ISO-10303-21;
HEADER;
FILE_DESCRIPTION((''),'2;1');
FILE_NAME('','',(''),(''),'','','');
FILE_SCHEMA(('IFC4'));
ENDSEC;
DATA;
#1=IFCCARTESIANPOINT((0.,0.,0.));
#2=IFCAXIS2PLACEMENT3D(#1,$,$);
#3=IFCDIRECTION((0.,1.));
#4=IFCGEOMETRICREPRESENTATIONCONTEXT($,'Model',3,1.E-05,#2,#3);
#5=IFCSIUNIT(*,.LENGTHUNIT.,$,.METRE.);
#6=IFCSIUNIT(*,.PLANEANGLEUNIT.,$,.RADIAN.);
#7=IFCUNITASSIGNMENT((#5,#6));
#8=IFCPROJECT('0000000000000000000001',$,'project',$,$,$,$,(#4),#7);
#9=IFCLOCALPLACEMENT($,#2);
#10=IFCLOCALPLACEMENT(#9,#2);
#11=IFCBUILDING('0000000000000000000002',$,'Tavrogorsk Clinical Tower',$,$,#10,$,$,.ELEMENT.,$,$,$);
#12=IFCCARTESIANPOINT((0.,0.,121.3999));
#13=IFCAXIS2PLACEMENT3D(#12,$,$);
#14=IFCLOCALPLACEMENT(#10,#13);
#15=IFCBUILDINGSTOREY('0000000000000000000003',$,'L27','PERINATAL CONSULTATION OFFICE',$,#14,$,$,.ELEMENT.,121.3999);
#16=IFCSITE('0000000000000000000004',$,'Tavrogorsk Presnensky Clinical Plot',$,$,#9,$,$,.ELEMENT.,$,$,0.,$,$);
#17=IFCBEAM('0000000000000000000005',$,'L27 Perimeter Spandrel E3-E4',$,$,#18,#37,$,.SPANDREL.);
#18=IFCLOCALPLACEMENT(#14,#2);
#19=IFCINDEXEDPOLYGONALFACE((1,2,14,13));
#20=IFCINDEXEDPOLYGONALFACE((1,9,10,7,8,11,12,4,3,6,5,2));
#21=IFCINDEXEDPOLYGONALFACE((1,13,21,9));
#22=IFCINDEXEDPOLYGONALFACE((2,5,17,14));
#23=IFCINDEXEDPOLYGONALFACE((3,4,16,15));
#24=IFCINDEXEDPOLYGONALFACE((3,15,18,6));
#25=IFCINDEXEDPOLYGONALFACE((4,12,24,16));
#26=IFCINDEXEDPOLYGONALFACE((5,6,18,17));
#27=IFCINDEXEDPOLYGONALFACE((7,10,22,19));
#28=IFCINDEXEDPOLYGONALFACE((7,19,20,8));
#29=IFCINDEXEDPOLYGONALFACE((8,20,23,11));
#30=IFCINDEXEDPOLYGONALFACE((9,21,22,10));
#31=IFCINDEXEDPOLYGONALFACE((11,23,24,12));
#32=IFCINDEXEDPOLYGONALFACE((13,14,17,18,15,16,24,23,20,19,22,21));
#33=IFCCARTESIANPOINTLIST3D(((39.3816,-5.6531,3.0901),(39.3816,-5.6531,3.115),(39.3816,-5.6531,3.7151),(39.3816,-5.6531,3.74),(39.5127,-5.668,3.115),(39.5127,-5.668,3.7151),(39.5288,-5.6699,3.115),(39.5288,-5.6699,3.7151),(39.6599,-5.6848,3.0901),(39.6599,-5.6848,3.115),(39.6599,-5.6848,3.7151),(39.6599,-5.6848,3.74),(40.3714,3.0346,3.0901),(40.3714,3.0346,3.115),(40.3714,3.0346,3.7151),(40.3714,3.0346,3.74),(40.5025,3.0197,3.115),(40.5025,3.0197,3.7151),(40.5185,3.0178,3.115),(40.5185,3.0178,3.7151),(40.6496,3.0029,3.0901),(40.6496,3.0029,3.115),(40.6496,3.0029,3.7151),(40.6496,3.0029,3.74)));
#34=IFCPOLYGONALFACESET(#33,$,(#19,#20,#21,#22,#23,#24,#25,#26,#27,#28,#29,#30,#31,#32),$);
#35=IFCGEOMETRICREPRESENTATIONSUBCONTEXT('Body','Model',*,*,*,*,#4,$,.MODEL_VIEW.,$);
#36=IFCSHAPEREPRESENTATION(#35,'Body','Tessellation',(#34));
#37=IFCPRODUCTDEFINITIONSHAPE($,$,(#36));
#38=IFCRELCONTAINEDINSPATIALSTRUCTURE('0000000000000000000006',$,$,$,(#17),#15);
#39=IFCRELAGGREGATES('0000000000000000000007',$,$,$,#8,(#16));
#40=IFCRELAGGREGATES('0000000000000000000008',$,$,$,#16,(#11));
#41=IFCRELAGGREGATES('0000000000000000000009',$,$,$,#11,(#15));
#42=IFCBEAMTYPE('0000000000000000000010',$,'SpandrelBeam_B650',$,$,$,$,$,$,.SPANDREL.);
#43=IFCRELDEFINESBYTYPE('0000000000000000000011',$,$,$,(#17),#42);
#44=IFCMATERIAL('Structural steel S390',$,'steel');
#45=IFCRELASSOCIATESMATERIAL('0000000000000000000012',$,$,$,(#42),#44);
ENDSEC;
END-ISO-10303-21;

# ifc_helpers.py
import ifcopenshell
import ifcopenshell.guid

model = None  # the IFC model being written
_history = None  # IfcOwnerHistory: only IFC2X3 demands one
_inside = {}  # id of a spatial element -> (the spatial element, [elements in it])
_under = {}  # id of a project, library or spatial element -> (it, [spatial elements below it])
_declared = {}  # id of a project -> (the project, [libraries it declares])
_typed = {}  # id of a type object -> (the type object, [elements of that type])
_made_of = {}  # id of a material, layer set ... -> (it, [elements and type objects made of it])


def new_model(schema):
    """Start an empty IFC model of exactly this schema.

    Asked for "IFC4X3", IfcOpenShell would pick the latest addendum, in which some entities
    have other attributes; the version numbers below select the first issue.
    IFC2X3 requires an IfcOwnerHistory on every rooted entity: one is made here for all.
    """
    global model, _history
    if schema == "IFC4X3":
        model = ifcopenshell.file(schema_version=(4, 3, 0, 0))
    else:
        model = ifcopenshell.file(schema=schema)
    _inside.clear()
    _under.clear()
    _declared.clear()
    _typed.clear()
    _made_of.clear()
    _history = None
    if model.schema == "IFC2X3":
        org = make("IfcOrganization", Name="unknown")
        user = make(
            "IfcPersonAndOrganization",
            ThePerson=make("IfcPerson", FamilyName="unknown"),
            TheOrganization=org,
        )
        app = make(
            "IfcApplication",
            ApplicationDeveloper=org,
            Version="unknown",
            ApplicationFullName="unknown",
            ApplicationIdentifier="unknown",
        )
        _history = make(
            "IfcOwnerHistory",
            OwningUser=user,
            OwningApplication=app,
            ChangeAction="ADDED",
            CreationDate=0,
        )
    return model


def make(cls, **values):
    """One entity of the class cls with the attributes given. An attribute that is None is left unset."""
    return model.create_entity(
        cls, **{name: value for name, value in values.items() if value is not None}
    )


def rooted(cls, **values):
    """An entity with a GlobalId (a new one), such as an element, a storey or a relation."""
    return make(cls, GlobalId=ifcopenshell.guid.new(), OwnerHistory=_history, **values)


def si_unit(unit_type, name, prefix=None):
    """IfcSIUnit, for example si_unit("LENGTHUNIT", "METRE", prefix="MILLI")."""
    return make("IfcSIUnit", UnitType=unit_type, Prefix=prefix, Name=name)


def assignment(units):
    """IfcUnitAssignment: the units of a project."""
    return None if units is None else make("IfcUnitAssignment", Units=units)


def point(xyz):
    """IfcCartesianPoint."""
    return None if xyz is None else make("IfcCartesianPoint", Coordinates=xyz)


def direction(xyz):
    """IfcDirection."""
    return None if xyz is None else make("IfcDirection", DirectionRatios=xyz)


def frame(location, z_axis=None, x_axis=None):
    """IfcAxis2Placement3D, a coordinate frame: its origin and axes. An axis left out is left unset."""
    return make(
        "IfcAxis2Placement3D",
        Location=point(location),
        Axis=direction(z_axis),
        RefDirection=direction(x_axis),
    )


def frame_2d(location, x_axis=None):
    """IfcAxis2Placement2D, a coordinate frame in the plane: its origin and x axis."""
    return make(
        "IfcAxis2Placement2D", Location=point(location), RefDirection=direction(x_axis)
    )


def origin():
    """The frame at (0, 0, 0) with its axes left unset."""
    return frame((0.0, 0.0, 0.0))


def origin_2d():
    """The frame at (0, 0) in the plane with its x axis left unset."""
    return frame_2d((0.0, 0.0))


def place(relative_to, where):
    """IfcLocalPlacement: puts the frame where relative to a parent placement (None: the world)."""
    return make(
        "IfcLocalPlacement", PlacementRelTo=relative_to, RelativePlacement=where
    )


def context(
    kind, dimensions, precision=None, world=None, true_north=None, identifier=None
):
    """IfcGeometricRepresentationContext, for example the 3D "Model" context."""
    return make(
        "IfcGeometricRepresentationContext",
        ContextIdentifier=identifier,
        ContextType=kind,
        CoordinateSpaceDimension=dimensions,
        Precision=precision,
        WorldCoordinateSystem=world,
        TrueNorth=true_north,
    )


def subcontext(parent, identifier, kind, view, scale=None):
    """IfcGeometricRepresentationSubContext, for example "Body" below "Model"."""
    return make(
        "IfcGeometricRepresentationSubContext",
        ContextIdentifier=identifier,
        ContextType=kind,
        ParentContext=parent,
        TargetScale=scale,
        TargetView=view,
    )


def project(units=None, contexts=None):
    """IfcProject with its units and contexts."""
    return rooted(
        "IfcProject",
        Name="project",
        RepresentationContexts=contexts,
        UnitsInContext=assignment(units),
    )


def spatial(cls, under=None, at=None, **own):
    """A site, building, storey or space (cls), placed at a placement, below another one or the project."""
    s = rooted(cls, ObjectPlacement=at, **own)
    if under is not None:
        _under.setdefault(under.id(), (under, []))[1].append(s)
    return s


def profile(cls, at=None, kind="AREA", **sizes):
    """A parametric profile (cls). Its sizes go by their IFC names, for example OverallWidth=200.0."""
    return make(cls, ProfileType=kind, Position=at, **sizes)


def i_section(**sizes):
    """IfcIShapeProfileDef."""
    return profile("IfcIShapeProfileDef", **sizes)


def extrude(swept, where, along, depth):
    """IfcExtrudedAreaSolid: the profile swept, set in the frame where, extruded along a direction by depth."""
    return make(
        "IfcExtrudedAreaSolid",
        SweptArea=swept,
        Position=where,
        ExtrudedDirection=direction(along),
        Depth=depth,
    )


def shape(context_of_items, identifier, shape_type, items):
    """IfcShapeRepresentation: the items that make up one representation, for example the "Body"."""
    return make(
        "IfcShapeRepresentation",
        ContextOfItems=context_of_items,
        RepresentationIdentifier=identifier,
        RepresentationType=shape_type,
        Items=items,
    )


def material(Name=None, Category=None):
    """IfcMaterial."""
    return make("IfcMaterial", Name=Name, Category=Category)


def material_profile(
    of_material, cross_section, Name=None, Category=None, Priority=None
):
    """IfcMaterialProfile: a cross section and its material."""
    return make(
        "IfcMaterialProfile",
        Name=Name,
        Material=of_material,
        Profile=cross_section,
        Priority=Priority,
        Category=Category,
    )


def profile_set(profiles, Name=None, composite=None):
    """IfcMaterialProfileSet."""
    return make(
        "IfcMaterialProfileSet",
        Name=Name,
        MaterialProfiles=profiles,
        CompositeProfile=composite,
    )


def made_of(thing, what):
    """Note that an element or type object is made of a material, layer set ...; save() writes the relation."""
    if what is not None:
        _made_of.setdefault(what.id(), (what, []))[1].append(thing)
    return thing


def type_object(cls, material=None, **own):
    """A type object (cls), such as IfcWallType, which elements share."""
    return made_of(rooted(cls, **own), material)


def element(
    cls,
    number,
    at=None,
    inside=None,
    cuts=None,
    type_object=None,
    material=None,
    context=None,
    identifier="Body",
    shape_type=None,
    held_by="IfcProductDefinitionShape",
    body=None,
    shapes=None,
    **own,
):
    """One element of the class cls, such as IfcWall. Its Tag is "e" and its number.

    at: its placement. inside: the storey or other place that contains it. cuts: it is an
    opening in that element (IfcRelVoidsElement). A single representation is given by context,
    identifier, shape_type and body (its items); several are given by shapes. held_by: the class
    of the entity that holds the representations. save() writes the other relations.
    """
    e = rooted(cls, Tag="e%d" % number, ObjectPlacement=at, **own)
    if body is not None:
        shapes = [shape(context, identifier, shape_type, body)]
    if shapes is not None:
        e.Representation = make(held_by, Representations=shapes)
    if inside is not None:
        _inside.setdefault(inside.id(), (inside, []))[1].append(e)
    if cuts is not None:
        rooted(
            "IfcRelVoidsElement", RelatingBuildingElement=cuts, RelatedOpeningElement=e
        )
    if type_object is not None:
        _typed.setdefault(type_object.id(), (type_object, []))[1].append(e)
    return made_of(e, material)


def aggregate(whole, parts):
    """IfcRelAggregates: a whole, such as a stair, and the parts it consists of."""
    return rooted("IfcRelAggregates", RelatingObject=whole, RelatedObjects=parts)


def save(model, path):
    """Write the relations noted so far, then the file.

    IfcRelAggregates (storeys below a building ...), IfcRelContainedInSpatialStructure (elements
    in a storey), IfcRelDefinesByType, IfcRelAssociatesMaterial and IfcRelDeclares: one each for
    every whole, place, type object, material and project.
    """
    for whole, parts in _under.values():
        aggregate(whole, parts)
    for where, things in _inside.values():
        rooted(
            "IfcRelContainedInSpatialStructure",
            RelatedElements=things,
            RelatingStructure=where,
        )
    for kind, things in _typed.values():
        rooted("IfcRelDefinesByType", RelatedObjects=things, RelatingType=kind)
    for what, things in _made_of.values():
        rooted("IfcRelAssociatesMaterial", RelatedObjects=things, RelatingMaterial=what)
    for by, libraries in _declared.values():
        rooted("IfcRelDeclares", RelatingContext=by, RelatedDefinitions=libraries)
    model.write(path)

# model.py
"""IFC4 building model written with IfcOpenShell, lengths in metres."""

from ifc_helpers import new_model, si_unit, direction, frame, origin, origin_2d, place, context, subcontext, project, spatial, i_section, extrude, material, material_profile, profile_set, type_object, element, save


model = new_model("IFC4")

# Units and contexts
model_context = context("Model", 3, precision=1e-05, world=origin(), true_north=direction((0.0, 1.0)))
body_context = subcontext(model_context, "Body", "Model", "MODEL_VIEW")
ifc_project = project(units=[si_unit("LENGTHUNIT", "METRE"), si_unit("PLANEANGLEUNIT", "RADIAN")], contexts=[model_context])

# Site, building, storey
site_placement = place(None, origin())
site = spatial("IfcSite", under=ifc_project, at=site_placement, Name="Tavrogorsk Presnensky Clinical Plot", CompositionType="ELEMENT", RefElevation=0.0)
building_placement = place(site_placement, origin())
building = spatial("IfcBuilding", under=site, at=building_placement, Name="Tavrogorsk Clinical Tower", CompositionType="ELEMENT")
storey_placement = place(building_placement, frame((0.0, 0.0, 121.3999)))
storey = spatial("IfcBuildingStorey", under=building, at=storey_placement, Name="L27", Description="PERINATAL CONSULTATION OFFICE", CompositionType="ELEMENT", Elevation=121.3999)

# Beam
ifc_material_1 = material(Name="Structural steel S390", Category="steel")
ifc_material_profile_1 = material_profile(ifc_material_1, i_section(OverallWidth=0.28, OverallDepth=0.6499, WebThickness=0.0161, FlangeThickness=0.0249, at=origin_2d()), Name="B-650x280x16x25")
ifc_profile_set_1 = profile_set([ifc_material_profile_1], Name="Structural steel S390")
beam_type_1 = type_object("IfcBeamType", Name="SpandrelBeam_B650", PredefinedType="SPANDREL", material=ifc_profile_set_1)
beam_1_placement = place(storey_placement, frame((39.5208, -5.6689, 3.415), z_axis=(0.113192, 0.993573, 0.0), x_axis=(-0.993573, 0.113192, 0.0)))
element("IfcBeam", 1, at=beam_1_placement, inside=storey, type_object=beam_type_1, Name="L27 Perimeter Spandrel E3-E4", PredefinedType="SPANDREL", context=body_context, shape_type="SweptSolid", body=[
    extrude(i_section(OverallWidth=0.28, OverallDepth=0.6499, WebThickness=0.0161, FlangeThickness=0.0249, at=origin_2d()), origin(), (0.0, 0.0, 1.0), 8.7439),
])

save(model, "model.ifc")
